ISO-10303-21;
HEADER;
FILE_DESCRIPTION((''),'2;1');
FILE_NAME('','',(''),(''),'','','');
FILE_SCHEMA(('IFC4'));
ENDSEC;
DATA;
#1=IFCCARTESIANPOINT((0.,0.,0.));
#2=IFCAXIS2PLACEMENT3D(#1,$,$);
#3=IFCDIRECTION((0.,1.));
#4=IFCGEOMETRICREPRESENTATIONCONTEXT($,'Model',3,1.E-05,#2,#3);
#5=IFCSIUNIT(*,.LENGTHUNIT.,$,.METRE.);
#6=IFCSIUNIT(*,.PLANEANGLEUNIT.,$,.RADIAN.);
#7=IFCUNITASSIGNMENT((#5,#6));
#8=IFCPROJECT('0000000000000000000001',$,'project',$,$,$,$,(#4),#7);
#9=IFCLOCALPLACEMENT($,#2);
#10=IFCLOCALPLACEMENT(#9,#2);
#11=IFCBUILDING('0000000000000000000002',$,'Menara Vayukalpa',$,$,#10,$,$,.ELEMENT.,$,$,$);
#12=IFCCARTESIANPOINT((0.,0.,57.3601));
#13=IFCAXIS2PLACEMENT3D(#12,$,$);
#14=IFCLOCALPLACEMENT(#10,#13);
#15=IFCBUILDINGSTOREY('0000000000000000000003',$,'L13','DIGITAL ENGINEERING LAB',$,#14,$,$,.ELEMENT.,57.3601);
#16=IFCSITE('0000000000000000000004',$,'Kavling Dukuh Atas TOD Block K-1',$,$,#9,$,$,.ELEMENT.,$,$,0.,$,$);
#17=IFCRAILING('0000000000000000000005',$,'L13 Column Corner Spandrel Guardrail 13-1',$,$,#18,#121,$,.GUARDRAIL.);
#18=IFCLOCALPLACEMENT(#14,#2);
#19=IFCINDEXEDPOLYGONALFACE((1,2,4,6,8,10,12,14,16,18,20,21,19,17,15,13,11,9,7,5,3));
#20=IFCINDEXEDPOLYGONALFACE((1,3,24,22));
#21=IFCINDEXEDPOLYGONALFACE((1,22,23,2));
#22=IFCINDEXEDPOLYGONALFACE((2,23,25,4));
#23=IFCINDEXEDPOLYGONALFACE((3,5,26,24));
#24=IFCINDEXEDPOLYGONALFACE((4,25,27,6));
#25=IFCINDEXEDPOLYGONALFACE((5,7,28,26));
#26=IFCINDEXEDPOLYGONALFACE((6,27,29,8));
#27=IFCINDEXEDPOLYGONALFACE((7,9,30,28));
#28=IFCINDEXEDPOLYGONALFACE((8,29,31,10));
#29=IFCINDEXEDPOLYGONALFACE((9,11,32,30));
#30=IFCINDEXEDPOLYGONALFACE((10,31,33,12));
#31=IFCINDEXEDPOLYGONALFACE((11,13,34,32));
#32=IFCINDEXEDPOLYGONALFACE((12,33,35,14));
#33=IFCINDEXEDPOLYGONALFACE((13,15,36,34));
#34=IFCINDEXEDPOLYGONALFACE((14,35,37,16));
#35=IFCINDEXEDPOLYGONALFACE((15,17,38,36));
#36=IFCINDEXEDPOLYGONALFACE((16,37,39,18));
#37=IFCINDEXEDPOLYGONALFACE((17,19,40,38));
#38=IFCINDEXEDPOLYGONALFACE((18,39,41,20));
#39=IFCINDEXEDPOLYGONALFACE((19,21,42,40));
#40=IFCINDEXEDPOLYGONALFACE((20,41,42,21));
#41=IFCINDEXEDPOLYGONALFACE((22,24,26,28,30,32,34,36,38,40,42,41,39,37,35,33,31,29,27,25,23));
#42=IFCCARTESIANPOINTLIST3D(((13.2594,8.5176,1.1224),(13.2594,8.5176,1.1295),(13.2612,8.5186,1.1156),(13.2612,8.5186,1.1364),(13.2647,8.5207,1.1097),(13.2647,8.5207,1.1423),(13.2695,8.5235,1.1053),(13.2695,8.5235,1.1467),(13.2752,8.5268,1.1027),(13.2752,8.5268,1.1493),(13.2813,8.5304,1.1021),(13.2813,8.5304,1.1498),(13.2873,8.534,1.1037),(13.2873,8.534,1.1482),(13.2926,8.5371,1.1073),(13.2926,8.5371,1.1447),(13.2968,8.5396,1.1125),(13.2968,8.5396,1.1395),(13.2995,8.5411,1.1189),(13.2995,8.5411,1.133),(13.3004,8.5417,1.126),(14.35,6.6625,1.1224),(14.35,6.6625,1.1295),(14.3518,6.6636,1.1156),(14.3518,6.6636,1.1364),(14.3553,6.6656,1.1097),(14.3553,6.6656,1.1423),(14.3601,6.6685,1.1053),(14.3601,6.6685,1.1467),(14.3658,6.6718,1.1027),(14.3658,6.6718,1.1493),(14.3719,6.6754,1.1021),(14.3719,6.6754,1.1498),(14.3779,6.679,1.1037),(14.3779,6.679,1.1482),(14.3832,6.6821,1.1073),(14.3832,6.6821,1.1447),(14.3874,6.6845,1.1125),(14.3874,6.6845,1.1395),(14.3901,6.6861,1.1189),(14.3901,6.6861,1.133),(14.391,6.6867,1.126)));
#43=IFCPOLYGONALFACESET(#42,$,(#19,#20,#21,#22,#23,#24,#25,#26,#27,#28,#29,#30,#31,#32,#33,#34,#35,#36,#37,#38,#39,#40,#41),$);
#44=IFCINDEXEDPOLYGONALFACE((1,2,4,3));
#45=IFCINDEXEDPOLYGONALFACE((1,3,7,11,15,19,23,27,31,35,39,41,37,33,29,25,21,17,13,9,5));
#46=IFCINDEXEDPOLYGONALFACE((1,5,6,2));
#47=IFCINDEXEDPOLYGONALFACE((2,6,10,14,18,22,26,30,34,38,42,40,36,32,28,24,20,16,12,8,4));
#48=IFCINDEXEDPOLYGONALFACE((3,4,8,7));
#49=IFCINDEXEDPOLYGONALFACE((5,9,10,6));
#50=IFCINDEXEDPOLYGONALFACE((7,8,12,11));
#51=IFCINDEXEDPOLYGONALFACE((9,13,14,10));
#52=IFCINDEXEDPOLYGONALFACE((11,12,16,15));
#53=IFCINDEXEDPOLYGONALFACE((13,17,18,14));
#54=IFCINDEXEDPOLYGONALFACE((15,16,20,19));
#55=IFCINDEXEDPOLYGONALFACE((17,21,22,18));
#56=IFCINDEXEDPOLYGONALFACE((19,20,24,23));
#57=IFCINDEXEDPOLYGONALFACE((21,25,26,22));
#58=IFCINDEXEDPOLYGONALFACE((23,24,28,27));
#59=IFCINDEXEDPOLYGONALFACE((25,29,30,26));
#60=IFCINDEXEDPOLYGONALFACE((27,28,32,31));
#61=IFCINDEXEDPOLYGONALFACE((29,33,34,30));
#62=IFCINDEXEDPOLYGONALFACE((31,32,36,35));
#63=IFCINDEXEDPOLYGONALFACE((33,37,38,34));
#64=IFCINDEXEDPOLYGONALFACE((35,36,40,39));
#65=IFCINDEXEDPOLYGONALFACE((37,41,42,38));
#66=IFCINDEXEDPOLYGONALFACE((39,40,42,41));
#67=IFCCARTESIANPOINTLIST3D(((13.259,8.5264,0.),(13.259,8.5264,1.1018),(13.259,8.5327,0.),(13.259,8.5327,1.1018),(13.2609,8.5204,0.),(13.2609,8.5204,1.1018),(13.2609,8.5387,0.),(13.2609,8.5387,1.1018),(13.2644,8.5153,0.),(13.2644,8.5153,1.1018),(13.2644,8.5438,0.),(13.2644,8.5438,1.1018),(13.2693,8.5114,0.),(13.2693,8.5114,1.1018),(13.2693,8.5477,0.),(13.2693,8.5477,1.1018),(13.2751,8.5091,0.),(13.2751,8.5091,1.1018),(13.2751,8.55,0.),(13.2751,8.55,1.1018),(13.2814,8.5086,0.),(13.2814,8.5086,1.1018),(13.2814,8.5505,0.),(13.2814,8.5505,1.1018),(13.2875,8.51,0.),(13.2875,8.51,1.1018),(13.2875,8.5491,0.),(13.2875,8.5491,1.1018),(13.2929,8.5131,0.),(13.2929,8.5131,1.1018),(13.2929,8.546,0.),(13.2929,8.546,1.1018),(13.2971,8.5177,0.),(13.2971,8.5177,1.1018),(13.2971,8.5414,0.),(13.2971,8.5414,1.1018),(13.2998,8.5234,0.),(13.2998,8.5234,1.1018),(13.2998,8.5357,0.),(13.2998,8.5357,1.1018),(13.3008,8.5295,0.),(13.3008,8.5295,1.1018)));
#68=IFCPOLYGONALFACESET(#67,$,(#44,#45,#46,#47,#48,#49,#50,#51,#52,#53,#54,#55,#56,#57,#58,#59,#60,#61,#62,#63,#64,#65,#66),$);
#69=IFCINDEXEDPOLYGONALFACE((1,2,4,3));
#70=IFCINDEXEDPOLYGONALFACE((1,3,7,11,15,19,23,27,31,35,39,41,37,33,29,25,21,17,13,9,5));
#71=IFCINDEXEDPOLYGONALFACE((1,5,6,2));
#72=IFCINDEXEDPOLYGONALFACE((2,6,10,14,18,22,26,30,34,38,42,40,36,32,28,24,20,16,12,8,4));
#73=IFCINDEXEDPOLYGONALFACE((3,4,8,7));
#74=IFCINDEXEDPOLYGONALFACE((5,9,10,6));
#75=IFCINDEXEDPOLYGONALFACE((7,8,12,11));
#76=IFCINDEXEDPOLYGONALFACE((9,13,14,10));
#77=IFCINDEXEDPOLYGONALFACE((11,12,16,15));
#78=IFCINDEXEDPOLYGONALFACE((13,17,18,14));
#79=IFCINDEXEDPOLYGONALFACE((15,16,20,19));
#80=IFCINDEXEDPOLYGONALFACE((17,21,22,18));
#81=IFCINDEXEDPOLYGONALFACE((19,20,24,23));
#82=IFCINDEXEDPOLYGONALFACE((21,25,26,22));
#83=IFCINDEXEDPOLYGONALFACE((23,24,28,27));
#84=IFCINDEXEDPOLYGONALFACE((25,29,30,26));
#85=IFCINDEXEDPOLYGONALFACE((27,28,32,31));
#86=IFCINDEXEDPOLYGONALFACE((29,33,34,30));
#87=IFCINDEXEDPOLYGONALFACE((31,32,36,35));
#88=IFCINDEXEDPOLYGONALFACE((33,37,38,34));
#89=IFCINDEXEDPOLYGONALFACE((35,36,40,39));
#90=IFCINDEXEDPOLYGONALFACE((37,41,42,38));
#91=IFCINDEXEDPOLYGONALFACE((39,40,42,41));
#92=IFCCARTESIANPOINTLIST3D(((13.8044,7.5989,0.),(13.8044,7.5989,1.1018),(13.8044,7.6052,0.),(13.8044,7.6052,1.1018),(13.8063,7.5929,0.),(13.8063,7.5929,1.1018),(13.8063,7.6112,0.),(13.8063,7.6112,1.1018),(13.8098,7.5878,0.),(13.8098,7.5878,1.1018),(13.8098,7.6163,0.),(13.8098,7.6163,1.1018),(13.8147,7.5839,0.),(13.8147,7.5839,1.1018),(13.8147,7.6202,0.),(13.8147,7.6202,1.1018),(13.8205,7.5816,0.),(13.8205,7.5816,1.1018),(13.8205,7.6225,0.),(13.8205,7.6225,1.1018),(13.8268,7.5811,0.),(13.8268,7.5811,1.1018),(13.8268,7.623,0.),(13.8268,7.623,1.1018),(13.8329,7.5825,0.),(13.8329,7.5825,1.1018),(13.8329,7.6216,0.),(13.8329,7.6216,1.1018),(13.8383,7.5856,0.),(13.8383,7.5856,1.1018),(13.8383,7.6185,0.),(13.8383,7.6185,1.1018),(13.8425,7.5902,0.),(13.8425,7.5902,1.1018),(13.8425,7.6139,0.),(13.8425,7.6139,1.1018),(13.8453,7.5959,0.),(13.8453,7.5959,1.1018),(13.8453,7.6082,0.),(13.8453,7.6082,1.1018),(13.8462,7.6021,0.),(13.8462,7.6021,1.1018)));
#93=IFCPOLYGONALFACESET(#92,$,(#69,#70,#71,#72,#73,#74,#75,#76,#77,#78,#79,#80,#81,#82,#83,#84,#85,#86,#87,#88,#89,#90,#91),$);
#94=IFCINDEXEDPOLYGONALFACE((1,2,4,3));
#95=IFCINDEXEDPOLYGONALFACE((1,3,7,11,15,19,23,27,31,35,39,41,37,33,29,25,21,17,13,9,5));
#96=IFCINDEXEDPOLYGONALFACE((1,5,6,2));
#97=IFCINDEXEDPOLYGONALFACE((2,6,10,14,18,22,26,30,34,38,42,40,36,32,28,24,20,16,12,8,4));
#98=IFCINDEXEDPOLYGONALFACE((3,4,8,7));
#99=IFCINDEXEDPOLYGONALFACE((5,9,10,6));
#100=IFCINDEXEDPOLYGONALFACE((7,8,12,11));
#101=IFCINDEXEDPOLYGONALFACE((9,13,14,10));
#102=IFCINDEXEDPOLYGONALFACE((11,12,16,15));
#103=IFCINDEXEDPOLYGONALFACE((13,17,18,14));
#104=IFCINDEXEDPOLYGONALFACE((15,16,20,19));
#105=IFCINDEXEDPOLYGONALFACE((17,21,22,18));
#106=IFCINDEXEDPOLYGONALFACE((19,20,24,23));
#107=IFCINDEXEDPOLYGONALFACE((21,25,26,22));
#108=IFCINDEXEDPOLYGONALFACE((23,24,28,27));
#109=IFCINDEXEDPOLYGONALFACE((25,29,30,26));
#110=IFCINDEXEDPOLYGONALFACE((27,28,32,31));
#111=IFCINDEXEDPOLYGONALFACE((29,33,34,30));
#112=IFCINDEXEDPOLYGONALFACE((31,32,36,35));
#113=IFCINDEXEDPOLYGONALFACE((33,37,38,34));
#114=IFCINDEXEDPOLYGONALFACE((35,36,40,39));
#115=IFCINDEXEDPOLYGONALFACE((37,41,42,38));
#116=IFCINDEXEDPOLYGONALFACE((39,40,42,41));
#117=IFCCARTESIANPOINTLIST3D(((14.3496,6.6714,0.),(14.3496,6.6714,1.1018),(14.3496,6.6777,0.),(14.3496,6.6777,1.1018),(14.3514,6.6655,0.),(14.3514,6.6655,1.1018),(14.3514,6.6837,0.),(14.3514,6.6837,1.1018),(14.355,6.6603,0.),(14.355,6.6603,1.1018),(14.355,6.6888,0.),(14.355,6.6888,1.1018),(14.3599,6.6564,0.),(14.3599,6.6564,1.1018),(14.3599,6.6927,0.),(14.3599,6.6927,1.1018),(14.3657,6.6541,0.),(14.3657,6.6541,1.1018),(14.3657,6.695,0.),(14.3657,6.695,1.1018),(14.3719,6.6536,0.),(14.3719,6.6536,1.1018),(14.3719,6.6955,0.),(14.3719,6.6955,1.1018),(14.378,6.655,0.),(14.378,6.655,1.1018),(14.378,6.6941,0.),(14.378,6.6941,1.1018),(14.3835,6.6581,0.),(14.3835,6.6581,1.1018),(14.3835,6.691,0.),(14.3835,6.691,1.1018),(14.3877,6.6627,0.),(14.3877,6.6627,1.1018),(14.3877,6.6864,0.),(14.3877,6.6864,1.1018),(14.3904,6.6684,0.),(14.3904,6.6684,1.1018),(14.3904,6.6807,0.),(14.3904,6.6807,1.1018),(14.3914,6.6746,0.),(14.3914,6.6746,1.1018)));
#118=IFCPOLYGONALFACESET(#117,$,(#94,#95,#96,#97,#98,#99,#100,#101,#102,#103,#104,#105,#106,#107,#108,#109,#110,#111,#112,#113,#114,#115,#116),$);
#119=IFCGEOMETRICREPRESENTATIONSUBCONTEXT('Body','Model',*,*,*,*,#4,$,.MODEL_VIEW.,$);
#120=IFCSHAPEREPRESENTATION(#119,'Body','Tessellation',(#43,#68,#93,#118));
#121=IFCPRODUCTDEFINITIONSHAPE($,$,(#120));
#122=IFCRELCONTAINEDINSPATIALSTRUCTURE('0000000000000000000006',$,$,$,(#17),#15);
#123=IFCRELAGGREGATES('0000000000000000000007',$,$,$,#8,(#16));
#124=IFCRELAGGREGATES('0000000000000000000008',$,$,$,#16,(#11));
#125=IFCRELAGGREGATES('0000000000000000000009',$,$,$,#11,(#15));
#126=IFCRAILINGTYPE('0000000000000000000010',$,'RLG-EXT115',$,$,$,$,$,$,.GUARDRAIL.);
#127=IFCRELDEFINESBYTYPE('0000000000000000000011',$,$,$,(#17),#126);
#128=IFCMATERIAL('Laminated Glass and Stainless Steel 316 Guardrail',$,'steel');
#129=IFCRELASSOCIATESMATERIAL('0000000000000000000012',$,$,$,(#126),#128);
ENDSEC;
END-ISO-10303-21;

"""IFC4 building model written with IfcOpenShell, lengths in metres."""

from ifc_helpers import new_model, si_unit, direction, frame, origin, origin_2d, place, context, subcontext, project, spatial, circle, extrude, material, type_object, element, save


model = new_model("IFC4")

# Units and contexts
model_context = context("Model", 3, precision=1e-05, world=origin(), true_north=direction((0.0, 1.0)))
body_context = subcontext(model_context, "Body", "Model", "MODEL_VIEW")
ifc_project = project(units=[si_unit("LENGTHUNIT", "METRE"), si_unit("PLANEANGLEUNIT", "RADIAN")], contexts=[model_context])

# Site, building, storey
site_placement = place(None, origin())
site = spatial("IfcSite", under=ifc_project, at=site_placement, Name="Kavling Dukuh Atas TOD Block K-1", CompositionType="ELEMENT", RefElevation=0.0)
building_placement = place(site_placement, origin())
building = spatial("IfcBuilding", under=site, at=building_placement, Name="Menara Vayukalpa", CompositionType="ELEMENT")
storey_placement = place(building_placement, frame((0.0, 0.0, 57.3601)))
storey = spatial("IfcBuildingStorey", under=building, at=storey_placement, Name="L13", Description="DIGITAL ENGINEERING LAB", CompositionType="ELEMENT", Elevation=57.3601)

# Railing
ifc_material_1 = material(Name="Laminated Glass and Stainless Steel 316 Guardrail", Category="steel")
railing_type = type_object("IfcRailingType", Name="RLG-EXT115", PredefinedType="GUARDRAIL", material=ifc_material_1)
railing_1_placement = place(storey_placement, frame((13.2798, 8.5295, 0.0)))
element("IfcRailing", 1, at=railing_1_placement, inside=storey, type_object=railing_type, Name="L13 Column Corner Spandrel Guardrail 13-1", PredefinedType="GUARDRAIL", context=body_context, shape_type="SweptSolid", body=[
    extrude(circle(Radius=0.0239, at=origin_2d()), frame((0.0, 0.0, 1.126), z_axis=(0.506817, -0.862054, 0.0), x_axis=(0.862054, 0.506817, 0.0)), (0.0, 0.0, 1.0), 2.1519),
    extrude(circle(Radius=0.021, at=origin_2d()), origin(), (0.0, 0.0, 1.0), 1.1018),
    extrude(circle(Radius=0.021, at=origin_2d()), frame((0.5454, -0.9275, 0.0)), (0.0, 0.0, 1.0), 1.1018),
    extrude(circle(Radius=0.021, at=origin_2d()), frame((1.0906, -1.855, 0.0)), (0.0, 0.0, 1.0), 1.1018),
])

save(model, "model.ifc")
